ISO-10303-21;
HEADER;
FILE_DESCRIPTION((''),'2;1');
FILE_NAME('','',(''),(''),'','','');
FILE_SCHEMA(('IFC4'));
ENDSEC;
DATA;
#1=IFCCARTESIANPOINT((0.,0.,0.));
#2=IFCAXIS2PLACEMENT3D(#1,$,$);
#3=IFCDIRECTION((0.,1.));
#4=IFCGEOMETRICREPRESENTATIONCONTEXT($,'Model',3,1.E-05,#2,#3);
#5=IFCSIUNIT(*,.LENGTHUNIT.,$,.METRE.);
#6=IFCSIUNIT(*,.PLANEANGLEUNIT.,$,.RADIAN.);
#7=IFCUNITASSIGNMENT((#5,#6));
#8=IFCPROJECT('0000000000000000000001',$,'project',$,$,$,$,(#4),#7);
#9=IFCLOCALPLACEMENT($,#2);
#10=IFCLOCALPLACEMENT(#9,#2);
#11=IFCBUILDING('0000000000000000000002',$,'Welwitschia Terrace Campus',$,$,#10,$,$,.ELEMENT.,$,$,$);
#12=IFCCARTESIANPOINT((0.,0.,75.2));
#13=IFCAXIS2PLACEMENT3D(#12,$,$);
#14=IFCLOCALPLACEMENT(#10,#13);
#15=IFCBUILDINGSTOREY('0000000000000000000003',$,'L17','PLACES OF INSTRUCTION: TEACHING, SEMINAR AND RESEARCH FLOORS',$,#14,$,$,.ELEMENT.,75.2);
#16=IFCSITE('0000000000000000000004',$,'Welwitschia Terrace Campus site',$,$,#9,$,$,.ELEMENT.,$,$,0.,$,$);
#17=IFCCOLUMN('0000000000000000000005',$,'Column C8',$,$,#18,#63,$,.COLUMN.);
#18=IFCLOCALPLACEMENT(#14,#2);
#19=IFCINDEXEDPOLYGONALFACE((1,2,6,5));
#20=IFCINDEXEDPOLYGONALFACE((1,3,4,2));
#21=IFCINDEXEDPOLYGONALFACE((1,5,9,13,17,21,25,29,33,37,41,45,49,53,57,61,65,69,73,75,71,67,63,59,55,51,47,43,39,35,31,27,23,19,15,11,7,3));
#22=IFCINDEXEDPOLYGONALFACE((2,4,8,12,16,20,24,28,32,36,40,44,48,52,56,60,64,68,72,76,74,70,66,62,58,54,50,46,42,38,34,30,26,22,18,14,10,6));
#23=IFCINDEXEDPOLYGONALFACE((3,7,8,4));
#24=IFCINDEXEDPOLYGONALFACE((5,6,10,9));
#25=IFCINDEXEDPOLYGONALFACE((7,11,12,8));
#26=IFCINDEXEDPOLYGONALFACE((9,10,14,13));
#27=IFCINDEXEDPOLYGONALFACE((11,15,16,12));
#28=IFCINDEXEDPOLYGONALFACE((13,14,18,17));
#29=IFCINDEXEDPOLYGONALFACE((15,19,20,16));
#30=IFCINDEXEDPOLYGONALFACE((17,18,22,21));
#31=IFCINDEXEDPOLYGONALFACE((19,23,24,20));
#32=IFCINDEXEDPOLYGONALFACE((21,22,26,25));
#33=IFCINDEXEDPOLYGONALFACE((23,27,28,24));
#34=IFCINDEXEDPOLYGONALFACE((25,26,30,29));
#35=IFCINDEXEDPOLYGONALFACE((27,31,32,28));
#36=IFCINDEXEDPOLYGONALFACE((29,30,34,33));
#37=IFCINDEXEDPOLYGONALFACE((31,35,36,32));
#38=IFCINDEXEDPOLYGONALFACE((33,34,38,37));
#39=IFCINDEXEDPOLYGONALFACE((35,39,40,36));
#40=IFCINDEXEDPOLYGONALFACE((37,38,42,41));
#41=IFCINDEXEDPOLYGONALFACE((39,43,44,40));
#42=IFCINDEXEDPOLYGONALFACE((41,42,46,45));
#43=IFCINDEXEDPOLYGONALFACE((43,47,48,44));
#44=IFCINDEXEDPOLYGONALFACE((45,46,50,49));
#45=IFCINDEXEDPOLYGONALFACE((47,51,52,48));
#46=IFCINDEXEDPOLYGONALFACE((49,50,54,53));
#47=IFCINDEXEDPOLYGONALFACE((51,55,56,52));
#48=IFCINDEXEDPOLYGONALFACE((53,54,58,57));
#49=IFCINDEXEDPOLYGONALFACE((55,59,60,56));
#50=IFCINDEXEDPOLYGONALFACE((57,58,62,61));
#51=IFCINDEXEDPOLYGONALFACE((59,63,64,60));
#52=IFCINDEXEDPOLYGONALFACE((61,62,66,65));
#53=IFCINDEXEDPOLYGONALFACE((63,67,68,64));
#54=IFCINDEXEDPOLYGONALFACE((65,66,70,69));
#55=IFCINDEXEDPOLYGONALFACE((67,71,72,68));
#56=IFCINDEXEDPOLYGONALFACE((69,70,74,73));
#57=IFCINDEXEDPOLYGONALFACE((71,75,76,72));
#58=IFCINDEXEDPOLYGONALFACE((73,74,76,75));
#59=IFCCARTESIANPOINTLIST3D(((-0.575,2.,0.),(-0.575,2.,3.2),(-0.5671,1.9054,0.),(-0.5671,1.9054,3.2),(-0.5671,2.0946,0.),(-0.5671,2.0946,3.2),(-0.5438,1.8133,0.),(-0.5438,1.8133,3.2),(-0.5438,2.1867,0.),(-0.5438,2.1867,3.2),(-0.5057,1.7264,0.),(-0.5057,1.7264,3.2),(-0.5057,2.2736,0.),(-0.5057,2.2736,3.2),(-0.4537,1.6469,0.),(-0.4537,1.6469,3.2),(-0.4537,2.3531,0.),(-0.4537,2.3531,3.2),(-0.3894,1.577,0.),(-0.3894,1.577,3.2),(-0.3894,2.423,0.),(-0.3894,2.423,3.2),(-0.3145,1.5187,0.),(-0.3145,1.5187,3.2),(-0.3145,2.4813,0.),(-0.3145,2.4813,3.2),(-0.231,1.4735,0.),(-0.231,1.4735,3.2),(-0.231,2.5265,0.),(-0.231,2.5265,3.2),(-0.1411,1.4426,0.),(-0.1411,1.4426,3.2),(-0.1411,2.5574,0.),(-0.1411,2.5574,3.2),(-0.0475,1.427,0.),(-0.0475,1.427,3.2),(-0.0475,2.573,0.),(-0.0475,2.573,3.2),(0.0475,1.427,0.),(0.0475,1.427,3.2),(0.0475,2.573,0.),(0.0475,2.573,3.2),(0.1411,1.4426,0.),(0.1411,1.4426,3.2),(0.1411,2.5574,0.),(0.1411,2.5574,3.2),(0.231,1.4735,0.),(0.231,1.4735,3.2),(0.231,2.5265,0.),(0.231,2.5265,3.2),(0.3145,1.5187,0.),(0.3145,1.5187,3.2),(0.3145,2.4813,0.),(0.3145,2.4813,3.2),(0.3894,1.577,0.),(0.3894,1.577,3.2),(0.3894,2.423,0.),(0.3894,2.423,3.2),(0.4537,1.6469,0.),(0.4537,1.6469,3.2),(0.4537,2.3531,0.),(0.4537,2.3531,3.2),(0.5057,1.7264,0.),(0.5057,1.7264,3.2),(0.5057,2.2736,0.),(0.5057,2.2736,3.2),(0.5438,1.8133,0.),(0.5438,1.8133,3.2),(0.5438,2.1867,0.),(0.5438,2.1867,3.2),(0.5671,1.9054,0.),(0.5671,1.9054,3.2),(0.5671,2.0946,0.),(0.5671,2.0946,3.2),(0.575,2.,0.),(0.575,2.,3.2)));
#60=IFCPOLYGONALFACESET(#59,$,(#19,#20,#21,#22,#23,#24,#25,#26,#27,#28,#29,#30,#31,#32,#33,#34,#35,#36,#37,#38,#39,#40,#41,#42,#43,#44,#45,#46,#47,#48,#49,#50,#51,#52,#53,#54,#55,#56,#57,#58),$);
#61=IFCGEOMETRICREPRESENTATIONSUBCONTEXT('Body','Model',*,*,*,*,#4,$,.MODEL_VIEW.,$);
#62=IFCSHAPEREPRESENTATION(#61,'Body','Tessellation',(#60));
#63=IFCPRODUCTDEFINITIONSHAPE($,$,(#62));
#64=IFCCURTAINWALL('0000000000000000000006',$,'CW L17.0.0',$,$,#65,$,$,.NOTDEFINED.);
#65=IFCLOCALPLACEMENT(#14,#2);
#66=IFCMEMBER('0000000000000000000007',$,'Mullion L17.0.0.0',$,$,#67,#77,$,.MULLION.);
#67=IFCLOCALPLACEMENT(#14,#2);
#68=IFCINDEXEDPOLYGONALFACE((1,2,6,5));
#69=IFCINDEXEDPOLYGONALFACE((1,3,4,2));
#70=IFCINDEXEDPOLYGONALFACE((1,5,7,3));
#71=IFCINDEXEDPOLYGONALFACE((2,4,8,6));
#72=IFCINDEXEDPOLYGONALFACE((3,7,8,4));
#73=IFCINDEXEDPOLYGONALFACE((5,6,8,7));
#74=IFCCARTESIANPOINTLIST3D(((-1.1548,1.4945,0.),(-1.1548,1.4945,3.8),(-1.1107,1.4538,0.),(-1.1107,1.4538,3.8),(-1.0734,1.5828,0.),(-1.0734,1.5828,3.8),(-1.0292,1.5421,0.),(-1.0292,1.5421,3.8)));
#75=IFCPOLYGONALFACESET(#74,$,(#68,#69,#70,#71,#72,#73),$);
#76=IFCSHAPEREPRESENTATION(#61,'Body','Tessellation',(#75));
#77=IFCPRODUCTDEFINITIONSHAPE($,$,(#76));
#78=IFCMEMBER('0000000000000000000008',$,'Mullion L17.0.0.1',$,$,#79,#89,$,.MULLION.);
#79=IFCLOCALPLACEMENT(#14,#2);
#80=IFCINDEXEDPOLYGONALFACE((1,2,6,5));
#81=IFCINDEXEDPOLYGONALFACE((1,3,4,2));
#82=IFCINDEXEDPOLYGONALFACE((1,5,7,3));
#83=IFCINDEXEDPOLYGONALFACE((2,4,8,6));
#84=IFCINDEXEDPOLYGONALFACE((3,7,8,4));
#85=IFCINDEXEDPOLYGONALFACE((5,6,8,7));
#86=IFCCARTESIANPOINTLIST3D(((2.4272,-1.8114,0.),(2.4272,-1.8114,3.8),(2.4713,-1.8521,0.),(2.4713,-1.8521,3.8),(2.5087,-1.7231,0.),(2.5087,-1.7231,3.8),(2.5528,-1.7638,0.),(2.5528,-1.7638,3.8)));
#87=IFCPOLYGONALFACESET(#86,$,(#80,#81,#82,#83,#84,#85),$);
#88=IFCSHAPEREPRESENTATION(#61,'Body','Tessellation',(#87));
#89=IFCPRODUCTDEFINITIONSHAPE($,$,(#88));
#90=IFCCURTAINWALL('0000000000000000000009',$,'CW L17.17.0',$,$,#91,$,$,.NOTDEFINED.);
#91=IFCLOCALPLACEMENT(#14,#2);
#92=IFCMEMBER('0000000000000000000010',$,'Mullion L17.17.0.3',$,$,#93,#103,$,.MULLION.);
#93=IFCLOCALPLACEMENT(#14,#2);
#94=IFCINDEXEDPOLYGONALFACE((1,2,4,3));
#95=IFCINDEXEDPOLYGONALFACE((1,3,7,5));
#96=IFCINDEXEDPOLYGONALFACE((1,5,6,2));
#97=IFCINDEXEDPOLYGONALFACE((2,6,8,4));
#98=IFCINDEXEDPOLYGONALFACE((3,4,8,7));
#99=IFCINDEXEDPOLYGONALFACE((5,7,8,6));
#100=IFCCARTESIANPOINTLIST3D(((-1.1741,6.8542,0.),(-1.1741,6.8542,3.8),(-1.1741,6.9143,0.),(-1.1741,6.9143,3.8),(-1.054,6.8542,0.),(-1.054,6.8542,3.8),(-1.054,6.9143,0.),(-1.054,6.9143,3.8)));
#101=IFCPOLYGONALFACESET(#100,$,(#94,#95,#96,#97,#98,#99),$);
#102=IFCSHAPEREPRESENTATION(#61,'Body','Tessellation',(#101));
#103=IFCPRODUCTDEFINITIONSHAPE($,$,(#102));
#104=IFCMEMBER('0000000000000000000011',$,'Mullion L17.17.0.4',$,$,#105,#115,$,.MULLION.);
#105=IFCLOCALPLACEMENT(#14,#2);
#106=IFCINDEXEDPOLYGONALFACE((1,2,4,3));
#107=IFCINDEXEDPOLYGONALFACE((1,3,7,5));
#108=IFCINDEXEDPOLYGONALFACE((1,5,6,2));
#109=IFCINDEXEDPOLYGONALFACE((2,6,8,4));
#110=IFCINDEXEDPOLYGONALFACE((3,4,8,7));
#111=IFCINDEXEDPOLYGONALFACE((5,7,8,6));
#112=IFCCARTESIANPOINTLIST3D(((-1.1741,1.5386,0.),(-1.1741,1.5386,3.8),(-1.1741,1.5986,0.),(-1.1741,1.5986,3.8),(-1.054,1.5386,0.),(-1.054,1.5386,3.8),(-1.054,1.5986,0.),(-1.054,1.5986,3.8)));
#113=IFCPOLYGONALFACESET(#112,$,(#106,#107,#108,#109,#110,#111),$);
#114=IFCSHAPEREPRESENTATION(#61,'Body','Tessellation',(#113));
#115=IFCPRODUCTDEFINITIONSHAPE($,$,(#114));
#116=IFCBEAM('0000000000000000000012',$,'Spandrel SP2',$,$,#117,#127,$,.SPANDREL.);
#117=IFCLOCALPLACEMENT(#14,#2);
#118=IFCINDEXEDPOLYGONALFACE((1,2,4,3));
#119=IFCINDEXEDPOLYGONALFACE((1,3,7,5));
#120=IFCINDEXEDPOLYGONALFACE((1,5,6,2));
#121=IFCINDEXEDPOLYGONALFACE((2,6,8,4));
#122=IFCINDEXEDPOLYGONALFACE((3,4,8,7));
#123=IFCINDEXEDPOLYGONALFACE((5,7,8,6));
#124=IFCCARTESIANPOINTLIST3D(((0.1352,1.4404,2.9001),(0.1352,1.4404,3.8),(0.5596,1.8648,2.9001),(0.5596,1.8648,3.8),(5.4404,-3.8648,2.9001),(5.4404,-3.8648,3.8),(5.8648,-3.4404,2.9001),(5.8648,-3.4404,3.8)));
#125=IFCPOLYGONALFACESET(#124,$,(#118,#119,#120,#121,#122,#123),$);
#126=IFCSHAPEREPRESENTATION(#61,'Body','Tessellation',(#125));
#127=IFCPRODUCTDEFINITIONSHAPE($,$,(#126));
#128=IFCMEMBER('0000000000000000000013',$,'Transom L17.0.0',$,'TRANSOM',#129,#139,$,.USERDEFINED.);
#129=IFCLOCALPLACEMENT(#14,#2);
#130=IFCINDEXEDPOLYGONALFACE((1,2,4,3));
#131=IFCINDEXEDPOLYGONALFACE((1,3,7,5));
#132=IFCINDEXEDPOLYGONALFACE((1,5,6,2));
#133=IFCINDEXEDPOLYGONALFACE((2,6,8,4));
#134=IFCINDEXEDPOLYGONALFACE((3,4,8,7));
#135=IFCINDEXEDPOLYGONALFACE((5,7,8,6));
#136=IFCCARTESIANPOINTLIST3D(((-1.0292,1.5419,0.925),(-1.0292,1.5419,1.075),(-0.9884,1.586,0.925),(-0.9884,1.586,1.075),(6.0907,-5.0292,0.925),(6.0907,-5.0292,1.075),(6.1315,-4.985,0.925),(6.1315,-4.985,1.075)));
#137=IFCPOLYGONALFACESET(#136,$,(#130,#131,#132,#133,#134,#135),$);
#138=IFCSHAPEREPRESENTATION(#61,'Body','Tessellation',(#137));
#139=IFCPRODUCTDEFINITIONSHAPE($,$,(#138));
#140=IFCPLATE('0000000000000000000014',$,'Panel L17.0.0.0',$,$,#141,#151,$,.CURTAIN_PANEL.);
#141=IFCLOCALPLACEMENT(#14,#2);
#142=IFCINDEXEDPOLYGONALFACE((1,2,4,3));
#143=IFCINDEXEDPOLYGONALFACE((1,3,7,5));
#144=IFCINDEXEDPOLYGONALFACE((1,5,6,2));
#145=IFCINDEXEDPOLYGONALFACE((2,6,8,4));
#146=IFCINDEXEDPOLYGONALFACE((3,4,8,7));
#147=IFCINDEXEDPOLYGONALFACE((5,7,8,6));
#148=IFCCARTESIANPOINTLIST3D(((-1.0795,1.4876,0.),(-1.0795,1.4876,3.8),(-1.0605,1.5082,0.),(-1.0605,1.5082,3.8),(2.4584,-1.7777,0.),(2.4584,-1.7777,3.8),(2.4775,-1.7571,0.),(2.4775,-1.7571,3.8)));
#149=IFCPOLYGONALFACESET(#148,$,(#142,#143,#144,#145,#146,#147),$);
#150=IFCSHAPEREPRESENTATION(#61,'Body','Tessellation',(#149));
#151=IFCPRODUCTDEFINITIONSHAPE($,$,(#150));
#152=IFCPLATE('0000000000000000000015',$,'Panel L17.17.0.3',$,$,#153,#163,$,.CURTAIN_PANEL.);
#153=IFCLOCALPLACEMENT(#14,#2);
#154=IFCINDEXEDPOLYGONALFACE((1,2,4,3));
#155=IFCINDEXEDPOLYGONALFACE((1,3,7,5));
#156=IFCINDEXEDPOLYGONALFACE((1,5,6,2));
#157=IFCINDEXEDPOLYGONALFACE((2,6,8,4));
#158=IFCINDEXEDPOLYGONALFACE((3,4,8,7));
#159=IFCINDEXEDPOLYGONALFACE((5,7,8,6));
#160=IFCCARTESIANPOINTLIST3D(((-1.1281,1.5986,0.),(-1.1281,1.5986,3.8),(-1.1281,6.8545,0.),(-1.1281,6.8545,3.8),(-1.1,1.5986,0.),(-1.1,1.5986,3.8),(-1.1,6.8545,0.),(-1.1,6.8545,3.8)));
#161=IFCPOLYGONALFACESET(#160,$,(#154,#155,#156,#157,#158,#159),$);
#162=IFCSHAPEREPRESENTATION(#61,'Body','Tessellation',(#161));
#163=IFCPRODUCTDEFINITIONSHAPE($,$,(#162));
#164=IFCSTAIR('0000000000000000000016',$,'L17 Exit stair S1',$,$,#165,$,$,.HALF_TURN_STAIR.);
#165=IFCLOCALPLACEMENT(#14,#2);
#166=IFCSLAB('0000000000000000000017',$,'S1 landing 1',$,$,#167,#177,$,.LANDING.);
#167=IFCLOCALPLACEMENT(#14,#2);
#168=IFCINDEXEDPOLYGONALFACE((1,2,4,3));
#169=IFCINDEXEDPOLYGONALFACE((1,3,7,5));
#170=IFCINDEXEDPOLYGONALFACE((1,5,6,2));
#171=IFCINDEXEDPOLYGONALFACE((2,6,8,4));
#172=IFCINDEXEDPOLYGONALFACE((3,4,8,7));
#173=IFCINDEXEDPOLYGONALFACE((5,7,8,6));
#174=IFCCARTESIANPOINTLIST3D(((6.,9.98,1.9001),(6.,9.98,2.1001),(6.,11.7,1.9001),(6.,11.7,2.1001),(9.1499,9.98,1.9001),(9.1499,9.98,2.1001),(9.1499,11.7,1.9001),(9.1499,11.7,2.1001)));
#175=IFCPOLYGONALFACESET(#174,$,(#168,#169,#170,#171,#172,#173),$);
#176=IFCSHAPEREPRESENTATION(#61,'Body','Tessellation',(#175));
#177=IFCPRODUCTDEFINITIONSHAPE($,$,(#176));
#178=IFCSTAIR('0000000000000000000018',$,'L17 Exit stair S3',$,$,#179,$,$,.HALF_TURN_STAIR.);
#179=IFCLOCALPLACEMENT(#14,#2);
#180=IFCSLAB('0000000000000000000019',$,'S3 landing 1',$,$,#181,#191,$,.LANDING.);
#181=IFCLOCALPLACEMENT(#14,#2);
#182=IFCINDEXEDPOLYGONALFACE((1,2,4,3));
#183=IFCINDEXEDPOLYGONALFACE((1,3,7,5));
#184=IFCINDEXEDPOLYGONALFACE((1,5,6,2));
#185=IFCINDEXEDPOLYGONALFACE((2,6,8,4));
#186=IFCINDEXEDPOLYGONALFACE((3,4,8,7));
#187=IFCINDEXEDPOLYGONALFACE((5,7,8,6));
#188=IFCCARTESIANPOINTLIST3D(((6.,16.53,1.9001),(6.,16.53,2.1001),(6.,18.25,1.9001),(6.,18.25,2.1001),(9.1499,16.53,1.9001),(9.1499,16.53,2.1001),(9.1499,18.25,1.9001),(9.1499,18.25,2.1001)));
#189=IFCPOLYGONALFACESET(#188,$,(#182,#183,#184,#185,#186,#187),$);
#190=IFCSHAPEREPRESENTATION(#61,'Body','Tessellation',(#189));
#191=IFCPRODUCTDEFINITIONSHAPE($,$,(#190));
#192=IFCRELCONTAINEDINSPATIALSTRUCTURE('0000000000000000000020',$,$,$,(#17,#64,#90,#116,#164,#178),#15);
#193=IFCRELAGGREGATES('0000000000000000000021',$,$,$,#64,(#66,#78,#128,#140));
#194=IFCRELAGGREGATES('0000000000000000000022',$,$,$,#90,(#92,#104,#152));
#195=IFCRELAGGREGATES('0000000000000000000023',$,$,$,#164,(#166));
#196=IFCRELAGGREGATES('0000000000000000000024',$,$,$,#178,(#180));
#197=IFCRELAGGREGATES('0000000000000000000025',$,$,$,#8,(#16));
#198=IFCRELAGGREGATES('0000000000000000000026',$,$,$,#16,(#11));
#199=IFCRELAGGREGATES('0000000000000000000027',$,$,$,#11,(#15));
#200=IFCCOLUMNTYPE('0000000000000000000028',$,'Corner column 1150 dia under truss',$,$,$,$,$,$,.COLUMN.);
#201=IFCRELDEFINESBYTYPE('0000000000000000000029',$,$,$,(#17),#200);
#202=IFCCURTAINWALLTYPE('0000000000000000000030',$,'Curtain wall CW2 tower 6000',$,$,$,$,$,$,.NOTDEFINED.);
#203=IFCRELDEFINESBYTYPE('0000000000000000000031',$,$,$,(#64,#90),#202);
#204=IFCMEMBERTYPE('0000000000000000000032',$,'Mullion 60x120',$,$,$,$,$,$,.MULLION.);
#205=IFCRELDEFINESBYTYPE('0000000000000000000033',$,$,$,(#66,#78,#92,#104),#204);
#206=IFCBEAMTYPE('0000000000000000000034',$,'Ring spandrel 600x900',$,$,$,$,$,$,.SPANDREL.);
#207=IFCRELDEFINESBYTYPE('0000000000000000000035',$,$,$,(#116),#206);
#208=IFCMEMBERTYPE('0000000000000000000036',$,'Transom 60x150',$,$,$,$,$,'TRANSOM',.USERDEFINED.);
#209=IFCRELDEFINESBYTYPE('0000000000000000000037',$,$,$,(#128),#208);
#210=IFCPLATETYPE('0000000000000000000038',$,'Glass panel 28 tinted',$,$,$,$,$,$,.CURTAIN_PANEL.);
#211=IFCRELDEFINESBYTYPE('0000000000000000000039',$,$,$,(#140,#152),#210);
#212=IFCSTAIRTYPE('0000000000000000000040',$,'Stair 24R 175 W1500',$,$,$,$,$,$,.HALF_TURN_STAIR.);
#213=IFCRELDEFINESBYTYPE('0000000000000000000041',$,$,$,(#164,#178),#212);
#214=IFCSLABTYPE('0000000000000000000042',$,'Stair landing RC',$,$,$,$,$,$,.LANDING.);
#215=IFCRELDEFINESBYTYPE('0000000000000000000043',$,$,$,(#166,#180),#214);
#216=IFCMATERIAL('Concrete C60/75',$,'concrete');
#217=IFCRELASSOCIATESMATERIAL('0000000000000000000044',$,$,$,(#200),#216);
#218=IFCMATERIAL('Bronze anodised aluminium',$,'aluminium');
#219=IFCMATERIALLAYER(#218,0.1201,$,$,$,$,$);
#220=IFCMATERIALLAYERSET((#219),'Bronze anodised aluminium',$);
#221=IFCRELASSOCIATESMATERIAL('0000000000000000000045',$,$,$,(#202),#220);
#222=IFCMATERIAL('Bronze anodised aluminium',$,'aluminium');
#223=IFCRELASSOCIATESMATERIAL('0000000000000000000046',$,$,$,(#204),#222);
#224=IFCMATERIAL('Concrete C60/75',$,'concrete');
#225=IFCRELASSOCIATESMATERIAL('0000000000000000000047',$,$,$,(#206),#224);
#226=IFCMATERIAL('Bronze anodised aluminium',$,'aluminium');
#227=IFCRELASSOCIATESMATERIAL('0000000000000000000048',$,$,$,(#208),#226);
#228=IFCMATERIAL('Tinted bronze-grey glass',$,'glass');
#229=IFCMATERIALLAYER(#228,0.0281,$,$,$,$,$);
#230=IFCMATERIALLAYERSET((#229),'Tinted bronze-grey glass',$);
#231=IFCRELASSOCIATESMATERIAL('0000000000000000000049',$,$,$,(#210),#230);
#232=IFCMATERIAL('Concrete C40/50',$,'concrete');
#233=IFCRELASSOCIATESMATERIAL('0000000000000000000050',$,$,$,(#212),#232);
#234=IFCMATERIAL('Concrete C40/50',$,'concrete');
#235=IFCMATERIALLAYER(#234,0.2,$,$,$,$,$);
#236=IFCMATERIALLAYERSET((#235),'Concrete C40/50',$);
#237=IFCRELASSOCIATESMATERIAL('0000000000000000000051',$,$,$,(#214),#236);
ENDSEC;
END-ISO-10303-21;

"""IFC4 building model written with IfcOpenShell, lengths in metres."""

from ifc_helpers import new_model, si_unit, direction, frame, origin, origin_2d, place, context, subcontext, project, spatial, polyline, rectangle, circle, outline, extrude, material, layer, layer_set, material_profile, profile_set, type_object, element, aggregate, save


model = new_model("IFC4")

# Units and contexts
model_context = context("Model", 3, precision=1e-05, world=origin(), true_north=direction((0.0, 1.0)))
body_context = subcontext(model_context, "Body", "Model", "MODEL_VIEW")
ifc_project = project(units=[si_unit("LENGTHUNIT", "METRE"), si_unit("PLANEANGLEUNIT", "RADIAN")], contexts=[model_context])

# Site, building, storey
site_placement = place(None, origin())
site = spatial("IfcSite", under=ifc_project, at=site_placement, Name="Welwitschia Terrace Campus site", CompositionType="ELEMENT", RefElevation=0.0)
building_placement = place(site_placement, origin())
building = spatial("IfcBuilding", under=site, at=building_placement, Name="Welwitschia Terrace Campus", CompositionType="ELEMENT")
storey_placement = place(building_placement, frame((0.0, 0.0, 75.2)))
storey = spatial("IfcBuildingStorey", under=building, at=storey_placement, Name="L17", Description="PLACES OF INSTRUCTION: TEACHING, SEMINAR AND RESEARCH FLOORS", CompositionType="ELEMENT", Elevation=75.2)

# Column
ifc_material_1 = material(Name="Concrete C60/75", Category="concrete")
ifc_material_profile_1 = material_profile(ifc_material_1, circle(Radius=0.575, at=origin_2d()))
ifc_profile_set_1 = profile_set([ifc_material_profile_1], Name="Concrete C60/75")
column_type = type_object("IfcColumnType", Name="Corner column 1150 dia under truss", PredefinedType="COLUMN", material=ifc_profile_set_1)
column_placement = place(storey_placement, frame((0.0, 2.0, 0.0), z_axis=(0.0, 0.0, 1.0), x_axis=(1.0, 0.0, 0.0)))
element("IfcColumn", 1, at=column_placement, inside=storey, type_object=column_type, Name="Column C8", PredefinedType="COLUMN", context=body_context, shape_type="SweptSolid", body=[
    extrude(circle(Radius=0.575, at=origin_2d()), origin(), (0.0, 0.0, 1.0), 3.2),
])

# Curtain walls, members
ifc_material_2 = material(Name="Bronze anodised aluminium", Category="aluminium")
ifc_layer_1 = layer(ifc_material_2, 0.1201)
ifc_layer_set_1 = layer_set([ifc_layer_1], Name="Bronze anodised aluminium")
curtain_wall_type = type_object("IfcCurtainWallType", Name="Curtain wall CW2 tower 6000", PredefinedType="NOTDEFINED", material=ifc_layer_set_1)
curtain_wall_1_placement = place(storey_placement, origin())
curtain_wall_1 = element("IfcCurtainWall", 2, at=curtain_wall_1_placement, inside=storey, type_object=curtain_wall_type, Name="CW L17.0.0", PredefinedType="NOTDEFINED")
ifc_material_3 = material(Name="Bronze anodised aluminium", Category="aluminium")
ifc_material_profile_2 = material_profile(ifc_material_3, rectangle(XDim=0.1201, YDim=0.0601, at=origin_2d()))
ifc_profile_set_2 = profile_set([ifc_material_profile_2], Name="Bronze anodised aluminium")
member_type_1 = type_object("IfcMemberType", Name="Mullion 60x120", PredefinedType="MULLION", material=ifc_profile_set_2)
member_1_placement = place(storey_placement, frame((-1.092, 1.5183, 0.0), z_axis=(0.0, 0.0, 1.0), x_axis=(0.678225, 0.734854, 0.0)))
member_1 = element("IfcMember", 3, at=member_1_placement, type_object=member_type_1, Name="Mullion L17.0.0.0", PredefinedType="MULLION", context=body_context, shape_type="SweptSolid", body=[
    extrude(rectangle(XDim=0.1201, YDim=0.0601, at=origin_2d()), origin(), (0.0, 0.0, 1.0), 3.8),
])
member_2_placement = place(storey_placement, frame((2.49, -1.7876, 0.0), z_axis=(0.0, 0.0, 1.0), x_axis=(0.678225, 0.734854, 0.0)))
member_2 = element("IfcMember", 4, at=member_2_placement, type_object=member_type_1, Name="Mullion L17.0.0.1", PredefinedType="MULLION", context=body_context, shape_type="SweptSolid", body=[
    extrude(rectangle(XDim=0.1201, YDim=0.0601, at=origin_2d()), origin(), (0.0, 0.0, 1.0), 3.8),
])
curtain_wall_2_placement = place(storey_placement, origin())
curtain_wall_2 = element("IfcCurtainWall", 5, at=curtain_wall_2_placement, inside=storey, type_object=curtain_wall_type, Name="CW L17.17.0", PredefinedType="NOTDEFINED")
member_3_placement = place(storey_placement, frame((-1.114, 6.8843, 0.0), z_axis=(0.0, 0.0, 1.0), x_axis=(1.0, 0.0, 0.0)))
member_3 = element("IfcMember", 6, at=member_3_placement, type_object=member_type_1, Name="Mullion L17.17.0.3", PredefinedType="MULLION", context=body_context, shape_type="SweptSolid", body=[
    extrude(rectangle(XDim=0.1201, YDim=0.0601, at=origin_2d()), origin(), (0.0, 0.0, 1.0), 3.8),
])
member_4_placement = place(storey_placement, frame((-1.114, 1.5686, 0.0), z_axis=(0.0, 0.0, 1.0), x_axis=(1.0, 0.0, 0.0)))
member_4 = element("IfcMember", 7, at=member_4_placement, type_object=member_type_1, Name="Mullion L17.17.0.4", PredefinedType="MULLION", context=body_context, shape_type="SweptSolid", body=[
    extrude(rectangle(XDim=0.1201, YDim=0.0601, at=origin_2d()), origin(), (0.0, 0.0, 1.0), 3.8),
])

# Beam
ifc_material_4 = material(Name="Concrete C60/75", Category="concrete")
ifc_material_profile_3 = material_profile(ifc_material_4, rectangle(XDim=0.6001, YDim=0.8999, at=origin_2d()))
ifc_profile_set_3 = profile_set([ifc_material_profile_3], Name="Concrete C60/75")
beam_type = type_object("IfcBeamType", Name="Ring spandrel 600x900", PredefinedType="SPANDREL", material=ifc_profile_set_3)
beam_placement = place(storey_placement, frame((0.3474, 1.6526, 3.3501), z_axis=(0.707107, -0.707107, 0.0), x_axis=(0.707107, 0.707107, 0.0)))
element("IfcBeam", 8, at=beam_placement, inside=storey, type_object=beam_type, Name="Spandrel SP2", PredefinedType="SPANDREL", context=body_context, shape_type="SweptSolid", body=[
    extrude(rectangle(XDim=0.6001, YDim=0.8999, at=origin_2d()), origin(), (0.0, 0.0, 1.0), 7.5027),
])

# Member
ifc_material_5 = material(Name="Bronze anodised aluminium", Category="aluminium")
ifc_material_profile_4 = material_profile(ifc_material_5, rectangle(XDim=0.0601, YDim=0.1499, at=origin_2d()))
ifc_profile_set_4 = profile_set([ifc_material_profile_4], Name="Bronze anodised aluminium")
member_type_2 = type_object("IfcMemberType", Name="Transom 60x150", ElementType="TRANSOM", PredefinedType="USERDEFINED", material=ifc_profile_set_4)
member_5_placement = place(storey_placement, frame((-1.0088, 1.564, 1.0), z_axis=(0.734862, -0.678216, 0.0), x_axis=(0.678216, 0.734862, 0.0)))
member_5 = element("IfcMember", 9, at=member_5_placement, type_object=member_type_2, Name="Transom L17.0.0", ObjectType="TRANSOM", PredefinedType="USERDEFINED", context=body_context, shape_type="SweptSolid", body=[
    extrude(rectangle(XDim=0.0601, YDim=0.1499, at=origin_2d()), origin(), (0.0, 0.0, 1.0), 9.6887),
])

# Plates
ifc_material_6 = material(Name="Tinted bronze-grey glass", Category="glass")
ifc_layer_2 = layer(ifc_material_6, 0.0281)
ifc_layer_set_2 = layer_set([ifc_layer_2], Name="Tinted bronze-grey glass")
plate_type = type_object("IfcPlateType", Name="Glass panel 28 tinted", PredefinedType="CURTAIN_PANEL", material=ifc_layer_set_2)
plate_1_placement = place(storey_placement, frame((0.699, -0.1348, 0.0), z_axis=(0.0, 0.0, 1.0), x_axis=(0.734854, -0.678225, 0.0)))
plate_1 = element("IfcPlate", 10, at=plate_1_placement, type_object=plate_type, Name="Panel L17.0.0.0", PredefinedType="CURTAIN_PANEL", context=body_context, shape_type="SweptSolid", body=[
    extrude(rectangle(XDim=4.8145, YDim=0.0281, at=origin_2d()), origin(), (0.0, 0.0, 1.0), 3.8),
])
aggregate(curtain_wall_1, [member_1, member_2, member_5, plate_1])
plate_2_placement = place(storey_placement, frame((-1.114, 4.2266, 0.0), z_axis=(0.0, 0.0, 1.0), x_axis=(0.0, -1.0, 0.0)))
plate_2 = element("IfcPlate", 11, at=plate_2_placement, type_object=plate_type, Name="Panel L17.17.0.3", PredefinedType="CURTAIN_PANEL", context=body_context, shape_type="SweptSolid", body=[
    extrude(rectangle(XDim=5.2559, YDim=0.0281, at=origin_2d()), origin(), (0.0, 0.0, 1.0), 3.8),
])
aggregate(curtain_wall_2, [member_3, member_4, plate_2])

# Stairs, slabs
ifc_material_7 = material(Name="Concrete C40/50", Category="concrete")
stair_type = type_object("IfcStairType", Name="Stair 24R 175 W1500", PredefinedType="HALF_TURN_STAIR", material=ifc_material_7)
stair_1_placement = place(storey_placement, origin())
stair_1 = element("IfcStair", 12, at=stair_1_placement, inside=storey, type_object=stair_type, Name="L17 Exit stair S1", PredefinedType="HALF_TURN_STAIR")
ifc_material_8 = material(Name="Concrete C40/50", Category="concrete")
ifc_layer_3 = layer(ifc_material_8, 0.2)
ifc_layer_set_3 = layer_set([ifc_layer_3], Name="Concrete C40/50")
slab_type_1 = type_object("IfcSlabType", Name="Stair landing RC", PredefinedType="LANDING", material=ifc_layer_set_3)
slab_1_placement = place(storey_placement, frame((0.0, 0.0, 1.9001)))
slab_1 = element("IfcSlab", 13, at=slab_1_placement, type_object=slab_type_1, Name="S1 landing 1", PredefinedType="LANDING", context=body_context, shape_type="SweptSolid", body=[
    extrude(outline(polyline([(9.1499, 9.98), (9.1499, 11.7), (6.0, 11.7), (6.0, 9.98), (9.1499, 9.98)])), origin(), (0.0, 0.0, 1.0), 0.2),
])
aggregate(stair_1, [slab_1])
stair_2_placement = place(storey_placement, origin())
stair_2 = element("IfcStair", 14, at=stair_2_placement, inside=storey, type_object=stair_type, Name="L17 Exit stair S3", PredefinedType="HALF_TURN_STAIR")
slab_2_placement = place(storey_placement, frame((0.0, 0.0, 1.9001)))
slab_2 = element("IfcSlab", 15, at=slab_2_placement, type_object=slab_type_1, Name="S3 landing 1", PredefinedType="LANDING", context=body_context, shape_type="SweptSolid", body=[
    extrude(outline(polyline([(9.1499, 16.53), (9.1499, 18.25), (6.0, 18.25), (6.0, 16.53), (9.1499, 16.53)])), origin(), (0.0, 0.0, 1.0), 0.2),
])
aggregate(stair_2, [slab_2])

save(model, "model.ifc")
